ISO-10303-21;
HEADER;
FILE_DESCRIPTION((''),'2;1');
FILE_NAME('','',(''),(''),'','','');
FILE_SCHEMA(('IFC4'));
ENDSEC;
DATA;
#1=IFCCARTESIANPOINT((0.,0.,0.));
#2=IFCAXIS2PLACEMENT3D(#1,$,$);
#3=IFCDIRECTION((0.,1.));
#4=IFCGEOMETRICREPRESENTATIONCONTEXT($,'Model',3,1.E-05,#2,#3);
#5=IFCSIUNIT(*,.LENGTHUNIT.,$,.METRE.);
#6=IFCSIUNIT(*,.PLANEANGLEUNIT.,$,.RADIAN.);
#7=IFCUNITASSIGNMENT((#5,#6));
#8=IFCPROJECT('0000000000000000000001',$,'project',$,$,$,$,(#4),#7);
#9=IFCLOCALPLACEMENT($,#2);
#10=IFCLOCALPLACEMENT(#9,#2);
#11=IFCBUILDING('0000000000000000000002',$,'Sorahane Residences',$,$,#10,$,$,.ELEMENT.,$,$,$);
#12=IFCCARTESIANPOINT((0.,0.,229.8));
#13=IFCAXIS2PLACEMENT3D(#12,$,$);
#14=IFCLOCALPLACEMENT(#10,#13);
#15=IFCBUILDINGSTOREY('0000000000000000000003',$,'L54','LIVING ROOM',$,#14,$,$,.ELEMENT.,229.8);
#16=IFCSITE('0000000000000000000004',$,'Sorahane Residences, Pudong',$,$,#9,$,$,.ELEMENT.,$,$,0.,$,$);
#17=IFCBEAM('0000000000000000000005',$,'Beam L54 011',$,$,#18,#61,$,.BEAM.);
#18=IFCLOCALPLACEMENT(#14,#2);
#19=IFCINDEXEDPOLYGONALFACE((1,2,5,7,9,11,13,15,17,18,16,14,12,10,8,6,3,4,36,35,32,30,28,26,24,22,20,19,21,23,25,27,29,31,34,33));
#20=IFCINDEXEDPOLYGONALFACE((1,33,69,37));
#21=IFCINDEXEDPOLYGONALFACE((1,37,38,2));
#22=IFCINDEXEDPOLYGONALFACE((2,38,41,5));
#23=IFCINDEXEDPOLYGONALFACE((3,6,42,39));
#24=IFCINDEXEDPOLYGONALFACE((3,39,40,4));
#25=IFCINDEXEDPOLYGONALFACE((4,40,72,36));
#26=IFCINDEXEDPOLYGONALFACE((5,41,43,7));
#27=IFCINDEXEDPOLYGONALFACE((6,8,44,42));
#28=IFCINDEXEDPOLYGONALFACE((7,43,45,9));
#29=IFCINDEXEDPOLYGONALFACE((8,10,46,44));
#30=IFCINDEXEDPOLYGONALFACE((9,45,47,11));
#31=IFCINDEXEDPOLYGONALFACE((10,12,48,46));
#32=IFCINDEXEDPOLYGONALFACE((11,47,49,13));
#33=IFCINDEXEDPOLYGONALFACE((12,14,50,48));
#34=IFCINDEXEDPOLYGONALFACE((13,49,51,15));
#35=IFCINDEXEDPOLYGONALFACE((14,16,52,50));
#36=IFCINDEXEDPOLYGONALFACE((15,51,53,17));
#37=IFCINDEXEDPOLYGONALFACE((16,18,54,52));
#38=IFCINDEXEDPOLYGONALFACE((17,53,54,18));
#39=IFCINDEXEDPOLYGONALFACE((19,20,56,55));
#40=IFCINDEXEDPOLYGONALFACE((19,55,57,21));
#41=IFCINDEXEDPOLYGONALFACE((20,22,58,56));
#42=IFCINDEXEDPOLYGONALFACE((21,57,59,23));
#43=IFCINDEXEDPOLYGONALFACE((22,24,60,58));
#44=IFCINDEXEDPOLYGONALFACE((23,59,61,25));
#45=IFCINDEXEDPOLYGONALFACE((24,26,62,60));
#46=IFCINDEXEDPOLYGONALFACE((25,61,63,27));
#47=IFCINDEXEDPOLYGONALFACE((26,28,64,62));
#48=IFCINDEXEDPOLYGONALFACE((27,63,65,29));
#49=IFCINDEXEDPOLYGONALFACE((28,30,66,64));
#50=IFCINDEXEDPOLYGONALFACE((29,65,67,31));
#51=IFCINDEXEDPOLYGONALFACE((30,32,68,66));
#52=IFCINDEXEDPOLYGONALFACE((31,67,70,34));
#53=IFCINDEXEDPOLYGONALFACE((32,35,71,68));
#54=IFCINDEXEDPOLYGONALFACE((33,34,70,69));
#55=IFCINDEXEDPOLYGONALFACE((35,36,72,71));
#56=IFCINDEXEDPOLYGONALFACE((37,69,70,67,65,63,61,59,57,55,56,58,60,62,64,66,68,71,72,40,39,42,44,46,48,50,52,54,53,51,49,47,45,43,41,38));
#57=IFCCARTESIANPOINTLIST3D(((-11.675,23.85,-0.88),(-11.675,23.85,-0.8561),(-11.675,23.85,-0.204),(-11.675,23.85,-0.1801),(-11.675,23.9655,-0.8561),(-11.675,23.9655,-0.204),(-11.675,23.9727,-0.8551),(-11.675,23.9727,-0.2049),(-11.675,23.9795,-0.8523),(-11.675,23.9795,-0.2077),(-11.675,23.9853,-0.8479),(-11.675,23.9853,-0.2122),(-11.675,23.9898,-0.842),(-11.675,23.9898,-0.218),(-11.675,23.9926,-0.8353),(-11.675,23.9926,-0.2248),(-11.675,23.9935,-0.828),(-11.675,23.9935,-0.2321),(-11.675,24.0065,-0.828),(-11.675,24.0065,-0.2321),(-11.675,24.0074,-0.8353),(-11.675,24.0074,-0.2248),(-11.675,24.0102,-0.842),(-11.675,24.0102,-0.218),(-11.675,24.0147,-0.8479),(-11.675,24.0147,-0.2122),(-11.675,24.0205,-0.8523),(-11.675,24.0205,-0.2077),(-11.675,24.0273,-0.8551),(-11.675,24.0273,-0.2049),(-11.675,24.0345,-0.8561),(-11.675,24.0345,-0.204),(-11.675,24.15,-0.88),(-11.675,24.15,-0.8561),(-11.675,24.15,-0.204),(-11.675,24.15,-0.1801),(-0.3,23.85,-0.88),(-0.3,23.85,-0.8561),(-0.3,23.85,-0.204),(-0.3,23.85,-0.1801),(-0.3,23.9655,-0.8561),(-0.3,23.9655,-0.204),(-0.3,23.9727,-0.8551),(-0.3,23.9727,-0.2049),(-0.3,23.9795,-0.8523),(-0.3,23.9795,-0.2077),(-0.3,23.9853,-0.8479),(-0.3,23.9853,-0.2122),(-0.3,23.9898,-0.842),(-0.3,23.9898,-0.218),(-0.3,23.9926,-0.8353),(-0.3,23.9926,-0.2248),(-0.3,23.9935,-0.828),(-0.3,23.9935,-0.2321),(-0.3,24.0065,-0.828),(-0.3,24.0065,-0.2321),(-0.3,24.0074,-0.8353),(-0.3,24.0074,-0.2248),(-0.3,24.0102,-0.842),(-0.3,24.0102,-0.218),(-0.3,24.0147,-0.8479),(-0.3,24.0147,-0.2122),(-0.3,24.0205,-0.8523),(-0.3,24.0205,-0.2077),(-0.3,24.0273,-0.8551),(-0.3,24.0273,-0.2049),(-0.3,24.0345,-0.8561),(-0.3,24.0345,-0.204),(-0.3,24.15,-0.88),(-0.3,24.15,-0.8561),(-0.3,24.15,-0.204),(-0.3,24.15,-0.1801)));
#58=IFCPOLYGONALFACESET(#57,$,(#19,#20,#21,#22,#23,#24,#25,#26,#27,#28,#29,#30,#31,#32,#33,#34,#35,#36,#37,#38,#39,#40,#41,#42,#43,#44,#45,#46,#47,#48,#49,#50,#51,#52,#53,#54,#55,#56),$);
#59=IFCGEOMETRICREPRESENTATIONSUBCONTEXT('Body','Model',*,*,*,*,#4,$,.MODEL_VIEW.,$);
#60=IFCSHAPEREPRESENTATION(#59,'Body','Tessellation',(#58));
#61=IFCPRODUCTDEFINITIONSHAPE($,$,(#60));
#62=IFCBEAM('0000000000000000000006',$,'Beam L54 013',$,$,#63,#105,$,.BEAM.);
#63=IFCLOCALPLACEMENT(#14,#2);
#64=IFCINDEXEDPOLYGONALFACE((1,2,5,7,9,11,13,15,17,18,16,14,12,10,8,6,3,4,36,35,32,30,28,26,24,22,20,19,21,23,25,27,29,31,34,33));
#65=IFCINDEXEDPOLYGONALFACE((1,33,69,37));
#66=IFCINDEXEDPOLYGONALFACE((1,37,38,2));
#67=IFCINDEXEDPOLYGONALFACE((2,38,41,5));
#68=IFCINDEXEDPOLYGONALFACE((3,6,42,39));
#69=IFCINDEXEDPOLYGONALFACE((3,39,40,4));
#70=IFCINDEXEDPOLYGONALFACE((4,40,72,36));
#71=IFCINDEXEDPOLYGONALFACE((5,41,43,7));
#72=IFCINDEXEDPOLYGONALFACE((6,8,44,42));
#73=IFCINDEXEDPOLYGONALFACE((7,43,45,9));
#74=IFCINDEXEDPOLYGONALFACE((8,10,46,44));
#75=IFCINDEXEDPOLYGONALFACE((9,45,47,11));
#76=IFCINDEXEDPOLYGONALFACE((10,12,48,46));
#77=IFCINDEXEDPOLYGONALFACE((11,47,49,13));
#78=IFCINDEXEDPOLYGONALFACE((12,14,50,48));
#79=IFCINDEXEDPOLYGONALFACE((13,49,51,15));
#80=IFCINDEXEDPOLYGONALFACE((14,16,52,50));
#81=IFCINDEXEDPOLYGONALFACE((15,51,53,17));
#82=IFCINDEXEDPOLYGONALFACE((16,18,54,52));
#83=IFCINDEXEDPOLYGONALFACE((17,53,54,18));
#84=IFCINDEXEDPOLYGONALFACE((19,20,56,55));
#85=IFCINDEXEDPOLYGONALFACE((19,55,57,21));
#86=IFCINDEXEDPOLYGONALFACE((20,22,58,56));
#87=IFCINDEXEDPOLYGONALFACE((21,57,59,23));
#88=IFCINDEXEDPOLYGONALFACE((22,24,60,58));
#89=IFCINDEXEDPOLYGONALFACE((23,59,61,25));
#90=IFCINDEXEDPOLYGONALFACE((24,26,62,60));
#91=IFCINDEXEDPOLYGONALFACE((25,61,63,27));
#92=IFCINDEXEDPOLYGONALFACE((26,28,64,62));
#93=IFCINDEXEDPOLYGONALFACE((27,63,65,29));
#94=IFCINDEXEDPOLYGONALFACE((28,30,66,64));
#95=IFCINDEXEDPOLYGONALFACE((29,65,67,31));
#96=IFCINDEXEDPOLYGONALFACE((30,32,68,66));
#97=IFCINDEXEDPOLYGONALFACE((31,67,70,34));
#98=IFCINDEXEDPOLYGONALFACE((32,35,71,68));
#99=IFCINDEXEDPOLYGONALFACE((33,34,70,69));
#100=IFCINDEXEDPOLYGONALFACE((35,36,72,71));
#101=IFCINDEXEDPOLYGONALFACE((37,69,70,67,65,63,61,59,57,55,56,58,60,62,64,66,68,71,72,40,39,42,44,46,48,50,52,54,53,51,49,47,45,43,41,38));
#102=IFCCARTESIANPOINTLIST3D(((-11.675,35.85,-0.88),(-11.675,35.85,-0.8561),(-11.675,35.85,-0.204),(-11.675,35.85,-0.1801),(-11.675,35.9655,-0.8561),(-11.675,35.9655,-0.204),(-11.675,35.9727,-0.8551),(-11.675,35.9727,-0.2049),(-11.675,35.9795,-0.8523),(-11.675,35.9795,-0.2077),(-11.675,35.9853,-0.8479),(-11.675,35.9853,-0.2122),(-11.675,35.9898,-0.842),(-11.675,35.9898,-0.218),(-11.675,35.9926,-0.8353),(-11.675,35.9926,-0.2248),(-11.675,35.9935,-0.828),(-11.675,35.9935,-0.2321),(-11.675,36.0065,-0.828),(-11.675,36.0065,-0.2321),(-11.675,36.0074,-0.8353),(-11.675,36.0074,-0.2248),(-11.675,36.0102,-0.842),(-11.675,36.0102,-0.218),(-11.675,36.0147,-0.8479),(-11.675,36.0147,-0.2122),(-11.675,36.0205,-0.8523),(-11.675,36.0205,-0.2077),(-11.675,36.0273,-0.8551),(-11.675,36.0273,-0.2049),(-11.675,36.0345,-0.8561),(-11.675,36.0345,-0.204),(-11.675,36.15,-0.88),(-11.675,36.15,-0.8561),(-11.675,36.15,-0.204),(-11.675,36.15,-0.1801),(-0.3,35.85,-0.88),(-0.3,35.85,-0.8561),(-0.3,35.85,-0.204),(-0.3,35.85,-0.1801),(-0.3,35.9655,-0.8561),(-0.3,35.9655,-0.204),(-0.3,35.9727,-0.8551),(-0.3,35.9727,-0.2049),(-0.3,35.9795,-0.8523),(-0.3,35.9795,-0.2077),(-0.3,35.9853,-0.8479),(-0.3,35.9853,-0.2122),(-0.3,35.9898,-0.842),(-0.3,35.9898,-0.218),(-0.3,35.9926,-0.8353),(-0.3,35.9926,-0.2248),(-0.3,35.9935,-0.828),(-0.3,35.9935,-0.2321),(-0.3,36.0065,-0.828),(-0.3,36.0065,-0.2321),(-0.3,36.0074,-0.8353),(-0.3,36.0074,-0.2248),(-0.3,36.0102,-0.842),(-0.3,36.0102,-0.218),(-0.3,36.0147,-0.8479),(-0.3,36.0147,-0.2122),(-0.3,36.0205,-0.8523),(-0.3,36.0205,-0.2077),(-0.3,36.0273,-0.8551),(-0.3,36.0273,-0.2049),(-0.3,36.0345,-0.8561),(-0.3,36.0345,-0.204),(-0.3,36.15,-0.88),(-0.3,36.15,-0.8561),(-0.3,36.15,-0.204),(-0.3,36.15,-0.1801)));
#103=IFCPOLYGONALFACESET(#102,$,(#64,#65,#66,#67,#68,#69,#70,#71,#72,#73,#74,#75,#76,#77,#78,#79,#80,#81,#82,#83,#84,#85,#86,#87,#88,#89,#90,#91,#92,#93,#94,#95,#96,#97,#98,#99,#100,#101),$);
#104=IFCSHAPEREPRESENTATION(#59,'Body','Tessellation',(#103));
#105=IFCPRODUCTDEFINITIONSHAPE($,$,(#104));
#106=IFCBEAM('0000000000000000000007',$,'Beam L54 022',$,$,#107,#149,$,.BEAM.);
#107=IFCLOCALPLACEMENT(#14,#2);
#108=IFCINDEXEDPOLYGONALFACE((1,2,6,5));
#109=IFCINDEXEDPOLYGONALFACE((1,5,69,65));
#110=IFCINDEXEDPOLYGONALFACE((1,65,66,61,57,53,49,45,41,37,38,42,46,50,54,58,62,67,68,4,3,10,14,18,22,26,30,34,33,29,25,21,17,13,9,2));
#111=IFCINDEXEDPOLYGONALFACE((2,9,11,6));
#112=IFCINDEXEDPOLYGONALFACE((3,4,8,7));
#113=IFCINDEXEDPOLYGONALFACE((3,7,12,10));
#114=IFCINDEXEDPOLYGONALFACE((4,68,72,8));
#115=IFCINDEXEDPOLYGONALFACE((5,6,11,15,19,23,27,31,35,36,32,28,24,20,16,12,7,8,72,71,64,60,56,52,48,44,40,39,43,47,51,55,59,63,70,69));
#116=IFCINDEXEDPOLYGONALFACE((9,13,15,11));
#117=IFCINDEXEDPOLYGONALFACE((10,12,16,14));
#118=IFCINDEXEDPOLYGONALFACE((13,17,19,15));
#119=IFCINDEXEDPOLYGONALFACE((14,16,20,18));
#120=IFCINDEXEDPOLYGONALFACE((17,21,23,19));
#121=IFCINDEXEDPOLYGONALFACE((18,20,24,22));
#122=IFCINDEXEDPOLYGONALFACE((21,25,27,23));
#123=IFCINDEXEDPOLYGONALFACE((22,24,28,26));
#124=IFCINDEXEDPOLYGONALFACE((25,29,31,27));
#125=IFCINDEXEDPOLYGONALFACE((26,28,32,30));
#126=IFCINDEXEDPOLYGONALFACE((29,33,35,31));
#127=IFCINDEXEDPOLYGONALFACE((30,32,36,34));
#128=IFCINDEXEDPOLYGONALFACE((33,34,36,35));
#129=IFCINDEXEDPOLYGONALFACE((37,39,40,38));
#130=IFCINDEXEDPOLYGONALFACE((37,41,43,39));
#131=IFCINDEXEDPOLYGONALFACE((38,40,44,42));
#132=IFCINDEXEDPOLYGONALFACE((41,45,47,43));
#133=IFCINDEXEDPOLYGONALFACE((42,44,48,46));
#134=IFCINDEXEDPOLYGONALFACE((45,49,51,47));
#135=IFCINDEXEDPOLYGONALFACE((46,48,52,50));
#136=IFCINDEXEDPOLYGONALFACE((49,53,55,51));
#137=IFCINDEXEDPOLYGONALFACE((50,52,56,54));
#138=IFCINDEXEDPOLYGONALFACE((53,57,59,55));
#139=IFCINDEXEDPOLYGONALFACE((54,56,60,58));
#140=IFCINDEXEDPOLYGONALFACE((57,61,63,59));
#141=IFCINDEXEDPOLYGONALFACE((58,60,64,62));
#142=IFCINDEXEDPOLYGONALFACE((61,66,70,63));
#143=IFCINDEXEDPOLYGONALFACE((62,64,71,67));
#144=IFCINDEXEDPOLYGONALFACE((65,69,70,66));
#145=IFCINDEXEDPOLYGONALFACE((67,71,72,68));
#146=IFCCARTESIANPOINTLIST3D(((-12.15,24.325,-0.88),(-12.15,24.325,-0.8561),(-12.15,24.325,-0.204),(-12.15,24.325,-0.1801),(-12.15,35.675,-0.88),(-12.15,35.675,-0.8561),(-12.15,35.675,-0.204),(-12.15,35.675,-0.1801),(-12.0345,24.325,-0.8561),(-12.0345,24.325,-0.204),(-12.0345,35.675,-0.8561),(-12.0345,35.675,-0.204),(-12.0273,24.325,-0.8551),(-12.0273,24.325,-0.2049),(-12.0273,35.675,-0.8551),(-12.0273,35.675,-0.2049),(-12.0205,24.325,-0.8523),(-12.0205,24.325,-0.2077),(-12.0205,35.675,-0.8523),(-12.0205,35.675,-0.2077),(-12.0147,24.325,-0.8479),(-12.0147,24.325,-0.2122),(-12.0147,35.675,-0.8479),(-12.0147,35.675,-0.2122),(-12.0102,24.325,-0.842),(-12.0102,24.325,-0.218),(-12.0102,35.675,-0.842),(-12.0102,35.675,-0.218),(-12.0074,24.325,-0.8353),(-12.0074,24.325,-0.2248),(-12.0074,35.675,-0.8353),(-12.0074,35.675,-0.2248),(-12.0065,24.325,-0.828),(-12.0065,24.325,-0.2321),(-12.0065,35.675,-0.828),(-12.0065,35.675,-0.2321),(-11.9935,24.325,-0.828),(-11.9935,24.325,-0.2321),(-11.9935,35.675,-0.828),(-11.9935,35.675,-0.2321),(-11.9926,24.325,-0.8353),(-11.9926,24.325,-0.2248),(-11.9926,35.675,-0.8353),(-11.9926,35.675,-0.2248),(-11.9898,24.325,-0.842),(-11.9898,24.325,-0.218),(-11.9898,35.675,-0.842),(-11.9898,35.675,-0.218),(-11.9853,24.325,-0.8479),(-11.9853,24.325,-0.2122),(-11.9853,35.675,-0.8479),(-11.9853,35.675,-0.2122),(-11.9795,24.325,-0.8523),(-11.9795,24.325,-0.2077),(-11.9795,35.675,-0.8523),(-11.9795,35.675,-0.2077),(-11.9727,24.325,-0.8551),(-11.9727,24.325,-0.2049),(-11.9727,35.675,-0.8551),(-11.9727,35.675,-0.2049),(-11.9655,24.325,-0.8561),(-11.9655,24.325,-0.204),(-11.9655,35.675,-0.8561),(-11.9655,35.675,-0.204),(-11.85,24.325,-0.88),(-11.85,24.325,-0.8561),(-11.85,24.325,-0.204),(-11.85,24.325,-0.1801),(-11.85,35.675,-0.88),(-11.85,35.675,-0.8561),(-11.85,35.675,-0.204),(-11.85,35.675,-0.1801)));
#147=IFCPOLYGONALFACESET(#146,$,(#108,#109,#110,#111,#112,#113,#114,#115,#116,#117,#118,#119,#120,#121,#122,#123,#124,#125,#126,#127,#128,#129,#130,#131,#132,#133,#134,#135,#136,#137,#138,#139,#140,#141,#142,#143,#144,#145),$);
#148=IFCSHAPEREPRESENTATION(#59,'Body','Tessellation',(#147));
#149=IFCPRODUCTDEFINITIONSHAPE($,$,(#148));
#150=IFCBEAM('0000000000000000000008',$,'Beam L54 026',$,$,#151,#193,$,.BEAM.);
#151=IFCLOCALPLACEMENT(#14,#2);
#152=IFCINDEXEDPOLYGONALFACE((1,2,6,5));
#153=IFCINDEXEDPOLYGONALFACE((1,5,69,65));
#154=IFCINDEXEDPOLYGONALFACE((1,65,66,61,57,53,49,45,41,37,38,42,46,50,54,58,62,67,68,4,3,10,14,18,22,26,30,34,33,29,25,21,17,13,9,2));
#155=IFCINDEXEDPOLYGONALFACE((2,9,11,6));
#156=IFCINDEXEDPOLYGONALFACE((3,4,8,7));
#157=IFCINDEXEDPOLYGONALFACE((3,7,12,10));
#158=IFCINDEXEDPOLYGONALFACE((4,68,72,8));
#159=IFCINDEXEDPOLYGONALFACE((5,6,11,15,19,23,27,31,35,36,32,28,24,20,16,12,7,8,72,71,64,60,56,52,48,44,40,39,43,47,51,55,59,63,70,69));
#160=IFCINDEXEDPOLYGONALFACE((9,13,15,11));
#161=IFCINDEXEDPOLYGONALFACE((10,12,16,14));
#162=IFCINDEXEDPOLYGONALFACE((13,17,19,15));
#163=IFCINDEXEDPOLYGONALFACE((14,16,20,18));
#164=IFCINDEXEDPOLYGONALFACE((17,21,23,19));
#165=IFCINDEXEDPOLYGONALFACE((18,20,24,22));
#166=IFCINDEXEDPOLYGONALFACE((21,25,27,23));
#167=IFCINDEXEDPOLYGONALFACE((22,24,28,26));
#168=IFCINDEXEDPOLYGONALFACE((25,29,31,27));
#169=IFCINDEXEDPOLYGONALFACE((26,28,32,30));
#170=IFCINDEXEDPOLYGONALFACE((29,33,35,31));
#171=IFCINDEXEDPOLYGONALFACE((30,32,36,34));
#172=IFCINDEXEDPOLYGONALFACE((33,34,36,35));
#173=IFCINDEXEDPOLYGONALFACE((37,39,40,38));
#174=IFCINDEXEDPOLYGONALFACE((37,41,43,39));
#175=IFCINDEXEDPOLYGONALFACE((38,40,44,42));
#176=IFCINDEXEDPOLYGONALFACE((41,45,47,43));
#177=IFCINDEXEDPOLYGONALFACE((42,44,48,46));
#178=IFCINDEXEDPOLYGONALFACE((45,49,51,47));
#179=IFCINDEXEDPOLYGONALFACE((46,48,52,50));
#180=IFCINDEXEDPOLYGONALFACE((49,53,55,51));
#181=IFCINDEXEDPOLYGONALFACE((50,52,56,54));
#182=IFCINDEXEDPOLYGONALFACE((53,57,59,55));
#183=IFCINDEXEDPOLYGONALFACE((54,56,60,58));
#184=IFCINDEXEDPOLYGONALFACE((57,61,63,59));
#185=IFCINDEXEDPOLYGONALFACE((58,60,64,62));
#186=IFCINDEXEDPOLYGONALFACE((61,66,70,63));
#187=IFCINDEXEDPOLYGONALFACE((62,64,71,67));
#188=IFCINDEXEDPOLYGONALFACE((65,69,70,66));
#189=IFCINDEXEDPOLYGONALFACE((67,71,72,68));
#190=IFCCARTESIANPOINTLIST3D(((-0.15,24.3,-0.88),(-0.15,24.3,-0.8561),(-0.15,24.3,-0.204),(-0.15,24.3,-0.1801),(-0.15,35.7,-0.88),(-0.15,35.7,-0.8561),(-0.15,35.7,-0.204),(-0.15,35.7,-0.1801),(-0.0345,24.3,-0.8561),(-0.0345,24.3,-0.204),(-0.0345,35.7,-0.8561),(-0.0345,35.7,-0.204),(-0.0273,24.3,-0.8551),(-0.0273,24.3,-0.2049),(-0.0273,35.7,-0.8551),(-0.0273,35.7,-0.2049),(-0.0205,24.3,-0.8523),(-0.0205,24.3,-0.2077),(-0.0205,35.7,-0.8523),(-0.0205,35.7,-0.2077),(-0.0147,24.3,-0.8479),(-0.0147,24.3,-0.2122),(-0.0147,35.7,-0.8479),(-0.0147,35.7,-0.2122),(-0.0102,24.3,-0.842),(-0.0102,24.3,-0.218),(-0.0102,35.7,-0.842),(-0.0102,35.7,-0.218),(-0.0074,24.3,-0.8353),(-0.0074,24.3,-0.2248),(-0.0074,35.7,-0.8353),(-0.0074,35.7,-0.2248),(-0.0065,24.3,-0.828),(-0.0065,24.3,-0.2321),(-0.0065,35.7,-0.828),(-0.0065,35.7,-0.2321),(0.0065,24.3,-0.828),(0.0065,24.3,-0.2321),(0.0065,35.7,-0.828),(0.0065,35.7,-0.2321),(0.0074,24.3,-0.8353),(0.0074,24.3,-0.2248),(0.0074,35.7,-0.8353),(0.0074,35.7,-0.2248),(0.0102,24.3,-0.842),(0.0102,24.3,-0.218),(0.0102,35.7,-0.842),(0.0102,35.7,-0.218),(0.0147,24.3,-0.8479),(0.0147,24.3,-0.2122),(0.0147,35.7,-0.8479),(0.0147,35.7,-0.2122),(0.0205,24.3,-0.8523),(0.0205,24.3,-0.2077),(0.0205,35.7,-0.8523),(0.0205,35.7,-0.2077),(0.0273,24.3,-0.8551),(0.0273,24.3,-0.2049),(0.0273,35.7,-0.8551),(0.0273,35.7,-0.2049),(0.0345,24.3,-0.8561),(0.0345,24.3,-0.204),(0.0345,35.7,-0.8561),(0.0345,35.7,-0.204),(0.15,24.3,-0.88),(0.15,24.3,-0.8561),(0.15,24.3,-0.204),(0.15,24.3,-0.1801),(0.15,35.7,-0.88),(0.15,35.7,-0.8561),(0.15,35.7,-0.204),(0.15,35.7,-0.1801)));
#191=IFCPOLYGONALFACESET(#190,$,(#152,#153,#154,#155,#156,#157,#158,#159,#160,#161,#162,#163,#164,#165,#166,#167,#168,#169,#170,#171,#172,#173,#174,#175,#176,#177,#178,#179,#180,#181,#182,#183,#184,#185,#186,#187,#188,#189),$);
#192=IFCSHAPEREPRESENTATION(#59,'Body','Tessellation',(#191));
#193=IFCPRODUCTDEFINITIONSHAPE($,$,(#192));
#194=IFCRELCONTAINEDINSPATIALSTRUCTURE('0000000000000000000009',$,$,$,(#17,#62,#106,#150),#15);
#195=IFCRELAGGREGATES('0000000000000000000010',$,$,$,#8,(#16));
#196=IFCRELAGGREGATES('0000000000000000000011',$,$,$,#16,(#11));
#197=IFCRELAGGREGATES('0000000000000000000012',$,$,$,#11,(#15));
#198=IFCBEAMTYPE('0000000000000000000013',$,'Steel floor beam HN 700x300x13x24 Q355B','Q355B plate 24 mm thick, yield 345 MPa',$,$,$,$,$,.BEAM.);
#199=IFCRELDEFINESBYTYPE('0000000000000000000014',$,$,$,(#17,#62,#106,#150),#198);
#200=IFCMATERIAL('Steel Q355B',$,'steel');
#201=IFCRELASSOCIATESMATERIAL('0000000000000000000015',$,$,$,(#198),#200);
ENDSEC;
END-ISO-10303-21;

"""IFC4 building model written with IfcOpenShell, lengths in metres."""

from ifc_helpers import new_model, si_unit, direction, frame, origin, origin_2d, place, context, subcontext, project, spatial, i_section, extrude, material, material_profile, profile_set, type_object, element, save


model = new_model("IFC4")

# Units and contexts
model_context = context("Model", 3, precision=1e-05, world=origin(), true_north=direction((0.0, 1.0)))
body_context = subcontext(model_context, "Body", "Model", "MODEL_VIEW")
ifc_project = project(units=[si_unit("LENGTHUNIT", "METRE"), si_unit("PLANEANGLEUNIT", "RADIAN")], contexts=[model_context])

# Site, building, storey
site_placement = place(None, origin())
site = spatial("IfcSite", under=ifc_project, at=site_placement, Name="Sorahane Residences, Pudong", CompositionType="ELEMENT", RefElevation=0.0)
building_placement = place(site_placement, origin())
building = spatial("IfcBuilding", under=site, at=building_placement, Name="Sorahane Residences", CompositionType="ELEMENT")
storey_placement = place(building_placement, frame((0.0, 0.0, 229.8)))
storey = spatial("IfcBuildingStorey", under=building, at=storey_placement, Name="L54", Description="LIVING ROOM", CompositionType="ELEMENT", Elevation=229.8)

# Beams
ifc_material_1 = material(Name="Steel Q355B", Category="steel")
ifc_material_profile_1 = material_profile(ifc_material_1, i_section(OverallWidth=0.3, OverallDepth=0.7, WebThickness=0.0129, FlangeThickness=0.0239, FilletRadius=0.0281, at=origin_2d()), Name="HN 700x300x13x24")
ifc_profile_set_1 = profile_set([ifc_material_profile_1], Name="Steel Q355B")
beam_type_1 = type_object("IfcBeamType", Name="Steel floor beam HN 700x300x13x24 Q355B", Description="Q355B plate 24 mm thick, yield 345 MPa", PredefinedType="BEAM", material=ifc_profile_set_1)
for number, where, z_axis, x_axis, name in (
    (1, (-11.675, 24.0, -0.53), (1.0, 0.0, 0.0), (0.0, 1.0, 0.0), "Beam L54 011"),
    (2, (-11.675, 36.0, -0.53), (1.0, 0.0, 0.0), (0.0, 1.0, 0.0), "Beam L54 013"),
):
    element("IfcBeam", number, at=place(storey_placement, frame(where, z_axis=z_axis, x_axis=x_axis)), inside=storey, type_object=beam_type_1, Name=name, PredefinedType="BEAM", context=body_context, shape_type="SweptSolid", body=[
        extrude(i_section(OverallWidth=0.3, OverallDepth=0.7, WebThickness=0.0129, FlangeThickness=0.0239, FilletRadius=0.0281, at=origin_2d()), origin(), (0.0, 0.0, 1.0), 11.375),
    ])
beam_1_placement = place(storey_placement, frame((-12.0, 24.325, -0.53), z_axis=(0.0, 1.0, 0.0), x_axis=(-1.0, 0.0, 0.0)))
element("IfcBeam", 3, at=beam_1_placement, inside=storey, type_object=beam_type_1, Name="Beam L54 022", PredefinedType="BEAM", context=body_context, shape_type="SweptSolid", body=[
    extrude(i_section(OverallWidth=0.3, OverallDepth=0.7, WebThickness=0.0129, FlangeThickness=0.0239, FilletRadius=0.0281, at=origin_2d()), origin(), (0.0, 0.0, 1.0), 11.3501),
])
beam_2_placement = place(storey_placement, frame((0.0, 24.3, -0.53), z_axis=(0.0, 1.0, 0.0), x_axis=(-1.0, 0.0, 0.0)))
element("IfcBeam", 4, at=beam_2_placement, inside=storey, type_object=beam_type_1, Name="Beam L54 026", PredefinedType="BEAM", context=body_context, shape_type="SweptSolid", body=[
    extrude(i_section(OverallWidth=0.3, OverallDepth=0.7, WebThickness=0.0129, FlangeThickness=0.0239, FilletRadius=0.0281, at=origin_2d()), origin(), (0.0, 0.0, 1.0), 11.3999),
])

save(model, "model.ifc")
